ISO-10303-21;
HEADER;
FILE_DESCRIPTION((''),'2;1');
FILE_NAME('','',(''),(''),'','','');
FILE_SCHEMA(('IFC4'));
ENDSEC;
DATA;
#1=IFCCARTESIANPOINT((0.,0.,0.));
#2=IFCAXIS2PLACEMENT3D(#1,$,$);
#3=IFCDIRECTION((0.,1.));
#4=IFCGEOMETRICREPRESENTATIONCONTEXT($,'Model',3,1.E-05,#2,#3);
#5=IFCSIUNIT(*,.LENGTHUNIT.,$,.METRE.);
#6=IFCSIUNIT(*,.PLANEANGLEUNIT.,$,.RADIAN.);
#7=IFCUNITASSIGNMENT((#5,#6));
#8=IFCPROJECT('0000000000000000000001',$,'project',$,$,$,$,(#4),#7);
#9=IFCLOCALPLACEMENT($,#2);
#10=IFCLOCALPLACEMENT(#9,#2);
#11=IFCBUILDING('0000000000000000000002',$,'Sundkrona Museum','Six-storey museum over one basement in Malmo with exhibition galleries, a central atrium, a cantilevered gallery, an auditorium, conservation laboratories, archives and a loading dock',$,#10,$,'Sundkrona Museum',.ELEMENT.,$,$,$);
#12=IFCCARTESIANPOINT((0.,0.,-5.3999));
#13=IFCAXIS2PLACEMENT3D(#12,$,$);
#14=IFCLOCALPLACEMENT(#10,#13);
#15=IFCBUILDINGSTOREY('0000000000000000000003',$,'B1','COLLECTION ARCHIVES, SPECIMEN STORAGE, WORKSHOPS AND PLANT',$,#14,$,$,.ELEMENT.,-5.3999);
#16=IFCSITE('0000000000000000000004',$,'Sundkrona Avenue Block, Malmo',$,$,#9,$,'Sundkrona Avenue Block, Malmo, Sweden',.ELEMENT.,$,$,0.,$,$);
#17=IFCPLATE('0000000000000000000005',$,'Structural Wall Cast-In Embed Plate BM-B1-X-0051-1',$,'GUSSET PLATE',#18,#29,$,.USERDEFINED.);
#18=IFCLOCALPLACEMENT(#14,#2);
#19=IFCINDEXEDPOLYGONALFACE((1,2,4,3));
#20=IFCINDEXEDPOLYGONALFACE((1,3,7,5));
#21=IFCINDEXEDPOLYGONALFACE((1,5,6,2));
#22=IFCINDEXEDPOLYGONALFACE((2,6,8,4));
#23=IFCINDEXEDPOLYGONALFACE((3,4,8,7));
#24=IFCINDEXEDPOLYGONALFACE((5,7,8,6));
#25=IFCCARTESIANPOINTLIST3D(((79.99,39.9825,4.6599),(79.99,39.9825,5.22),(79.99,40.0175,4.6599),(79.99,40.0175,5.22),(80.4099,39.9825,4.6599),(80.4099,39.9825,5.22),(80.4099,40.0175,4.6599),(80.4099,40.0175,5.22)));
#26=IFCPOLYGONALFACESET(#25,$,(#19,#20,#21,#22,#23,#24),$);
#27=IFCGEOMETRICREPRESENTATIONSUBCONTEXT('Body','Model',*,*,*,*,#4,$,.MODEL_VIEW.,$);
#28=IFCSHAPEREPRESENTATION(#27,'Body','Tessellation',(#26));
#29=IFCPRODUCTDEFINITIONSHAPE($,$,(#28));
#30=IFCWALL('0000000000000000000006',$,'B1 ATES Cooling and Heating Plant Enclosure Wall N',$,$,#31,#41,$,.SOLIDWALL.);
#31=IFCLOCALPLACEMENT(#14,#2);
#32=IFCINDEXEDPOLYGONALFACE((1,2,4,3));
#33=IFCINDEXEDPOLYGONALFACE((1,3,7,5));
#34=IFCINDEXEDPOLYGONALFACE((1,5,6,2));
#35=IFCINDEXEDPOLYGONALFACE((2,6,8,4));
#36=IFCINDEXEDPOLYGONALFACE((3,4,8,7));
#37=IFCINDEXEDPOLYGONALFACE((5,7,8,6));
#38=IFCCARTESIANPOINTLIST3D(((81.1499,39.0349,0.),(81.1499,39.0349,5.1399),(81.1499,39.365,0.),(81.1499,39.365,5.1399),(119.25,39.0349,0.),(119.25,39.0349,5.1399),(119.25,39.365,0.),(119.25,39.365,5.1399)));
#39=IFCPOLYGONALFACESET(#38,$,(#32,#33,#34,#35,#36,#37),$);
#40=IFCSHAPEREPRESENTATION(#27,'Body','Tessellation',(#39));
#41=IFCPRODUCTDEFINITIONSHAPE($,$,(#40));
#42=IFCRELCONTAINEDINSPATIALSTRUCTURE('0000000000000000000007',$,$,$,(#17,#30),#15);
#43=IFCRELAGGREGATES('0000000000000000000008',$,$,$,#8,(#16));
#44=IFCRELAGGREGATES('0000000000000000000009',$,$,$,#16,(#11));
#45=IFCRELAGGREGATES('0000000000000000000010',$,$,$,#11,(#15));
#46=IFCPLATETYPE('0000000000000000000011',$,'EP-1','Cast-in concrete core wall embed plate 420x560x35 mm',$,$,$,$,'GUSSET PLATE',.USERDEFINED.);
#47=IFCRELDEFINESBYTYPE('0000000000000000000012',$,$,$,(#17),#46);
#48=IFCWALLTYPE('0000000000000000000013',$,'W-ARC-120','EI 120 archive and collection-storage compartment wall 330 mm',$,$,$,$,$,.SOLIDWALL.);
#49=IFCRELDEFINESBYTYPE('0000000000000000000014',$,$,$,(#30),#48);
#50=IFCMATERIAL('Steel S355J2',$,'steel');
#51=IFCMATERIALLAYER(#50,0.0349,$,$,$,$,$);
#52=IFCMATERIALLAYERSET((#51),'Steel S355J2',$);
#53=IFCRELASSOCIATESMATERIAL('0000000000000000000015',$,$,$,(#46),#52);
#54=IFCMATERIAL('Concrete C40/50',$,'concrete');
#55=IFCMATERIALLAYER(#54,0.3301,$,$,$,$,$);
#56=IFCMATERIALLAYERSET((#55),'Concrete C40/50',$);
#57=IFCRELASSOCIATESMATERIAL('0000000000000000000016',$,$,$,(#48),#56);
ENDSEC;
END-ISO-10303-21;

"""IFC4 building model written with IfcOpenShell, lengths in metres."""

from ifc_helpers import new_model, si_unit, direction, frame, frame_2d, origin, origin_2d, place, context, subcontext, project, spatial, rectangle, extrude, material, layer, layer_set, type_object, element, save


model = new_model("IFC4")

# Units and contexts
model_context = context("Model", 3, precision=1e-05, world=origin(), true_north=direction((0.0, 1.0)))
body_context = subcontext(model_context, "Body", "Model", "MODEL_VIEW")
ifc_project = project(units=[si_unit("LENGTHUNIT", "METRE"), si_unit("PLANEANGLEUNIT", "RADIAN")], contexts=[model_context])

# Site, building, storey
site_placement = place(None, origin())
site = spatial("IfcSite", under=ifc_project, at=site_placement, Name="Sundkrona Avenue Block, Malmo", LongName="Sundkrona Avenue Block, Malmo, Sweden", CompositionType="ELEMENT", RefElevation=0.0)
building_placement = place(site_placement, origin())
building = spatial("IfcBuilding", under=site, at=building_placement, Name="Sundkrona Museum", Description="Six-storey museum over one basement in Malmo with exhibition galleries, a central atrium, a cantilevered gallery, an auditorium, conservation laboratories, archives and a loading dock", LongName="Sundkrona Museum", CompositionType="ELEMENT")
storey_placement = place(building_placement, frame((0.0, 0.0, -5.3999)))
storey = spatial("IfcBuildingStorey", under=building, at=storey_placement, Name="B1", Description="COLLECTION ARCHIVES, SPECIMEN STORAGE, WORKSHOPS AND PLANT", CompositionType="ELEMENT", Elevation=-5.3999)

# Shared definitions
ifc_material_1 = material(Name="Concrete C40/50", Category="concrete")

# Shared definitions
ifc_material_2 = material(Name="Steel S355J2", Category="steel")

# Plate
ifc_layer_1 = layer(ifc_material_2, 0.0349)
ifc_layer_set_1 = layer_set([ifc_layer_1], Name="Steel S355J2")
plate_type = type_object("IfcPlateType", Name="EP-1", Description="Cast-in concrete core wall embed plate 420x560x35 mm", ElementType="GUSSET PLATE", PredefinedType="USERDEFINED", material=ifc_layer_set_1)
plate_placement = place(storey_placement, frame((80.2, 40.0, 4.6599), z_axis=(0.0, 0.0, 1.0), x_axis=(1.0, 0.0, 0.0)))
element("IfcPlate", 1, at=plate_placement, inside=storey, type_object=plate_type, Name="Structural Wall Cast-In Embed Plate BM-B1-X-0051-1", ObjectType="GUSSET PLATE", PredefinedType="USERDEFINED", context=body_context, shape_type="SweptSolid", body=[
    extrude(rectangle(XDim=0.4199, YDim=0.0349, at=origin_2d()), origin(), (0.0, 0.0, 1.0), 0.5601),
])

# Wall
ifc_layer_2 = layer(ifc_material_1, 0.3301)
ifc_layer_set_2 = layer_set([ifc_layer_2], Name="Concrete C40/50")
wall_type = type_object("IfcWallType", Name="W-ARC-120", Description="EI 120 archive and collection-storage compartment wall 330 mm", PredefinedType="SOLIDWALL", material=ifc_layer_set_2)
wall_placement = place(storey_placement, frame((81.1499, 39.2, 0.0), z_axis=(0.0, 0.0, 1.0), x_axis=(1.0, 0.0, 0.0)))
element("IfcWall", 2, at=wall_placement, inside=storey, type_object=wall_type, Name="B1 ATES Cooling and Heating Plant Enclosure Wall N", PredefinedType="SOLIDWALL", context=body_context, shape_type="SweptSolid", body=[
    extrude(rectangle(XDim=38.1001, YDim=0.3301, at=frame_2d((19.05, 0.0))), origin(), (0.0, 0.0, 1.0), 5.1399),
])

save(model, "model.ifc")
